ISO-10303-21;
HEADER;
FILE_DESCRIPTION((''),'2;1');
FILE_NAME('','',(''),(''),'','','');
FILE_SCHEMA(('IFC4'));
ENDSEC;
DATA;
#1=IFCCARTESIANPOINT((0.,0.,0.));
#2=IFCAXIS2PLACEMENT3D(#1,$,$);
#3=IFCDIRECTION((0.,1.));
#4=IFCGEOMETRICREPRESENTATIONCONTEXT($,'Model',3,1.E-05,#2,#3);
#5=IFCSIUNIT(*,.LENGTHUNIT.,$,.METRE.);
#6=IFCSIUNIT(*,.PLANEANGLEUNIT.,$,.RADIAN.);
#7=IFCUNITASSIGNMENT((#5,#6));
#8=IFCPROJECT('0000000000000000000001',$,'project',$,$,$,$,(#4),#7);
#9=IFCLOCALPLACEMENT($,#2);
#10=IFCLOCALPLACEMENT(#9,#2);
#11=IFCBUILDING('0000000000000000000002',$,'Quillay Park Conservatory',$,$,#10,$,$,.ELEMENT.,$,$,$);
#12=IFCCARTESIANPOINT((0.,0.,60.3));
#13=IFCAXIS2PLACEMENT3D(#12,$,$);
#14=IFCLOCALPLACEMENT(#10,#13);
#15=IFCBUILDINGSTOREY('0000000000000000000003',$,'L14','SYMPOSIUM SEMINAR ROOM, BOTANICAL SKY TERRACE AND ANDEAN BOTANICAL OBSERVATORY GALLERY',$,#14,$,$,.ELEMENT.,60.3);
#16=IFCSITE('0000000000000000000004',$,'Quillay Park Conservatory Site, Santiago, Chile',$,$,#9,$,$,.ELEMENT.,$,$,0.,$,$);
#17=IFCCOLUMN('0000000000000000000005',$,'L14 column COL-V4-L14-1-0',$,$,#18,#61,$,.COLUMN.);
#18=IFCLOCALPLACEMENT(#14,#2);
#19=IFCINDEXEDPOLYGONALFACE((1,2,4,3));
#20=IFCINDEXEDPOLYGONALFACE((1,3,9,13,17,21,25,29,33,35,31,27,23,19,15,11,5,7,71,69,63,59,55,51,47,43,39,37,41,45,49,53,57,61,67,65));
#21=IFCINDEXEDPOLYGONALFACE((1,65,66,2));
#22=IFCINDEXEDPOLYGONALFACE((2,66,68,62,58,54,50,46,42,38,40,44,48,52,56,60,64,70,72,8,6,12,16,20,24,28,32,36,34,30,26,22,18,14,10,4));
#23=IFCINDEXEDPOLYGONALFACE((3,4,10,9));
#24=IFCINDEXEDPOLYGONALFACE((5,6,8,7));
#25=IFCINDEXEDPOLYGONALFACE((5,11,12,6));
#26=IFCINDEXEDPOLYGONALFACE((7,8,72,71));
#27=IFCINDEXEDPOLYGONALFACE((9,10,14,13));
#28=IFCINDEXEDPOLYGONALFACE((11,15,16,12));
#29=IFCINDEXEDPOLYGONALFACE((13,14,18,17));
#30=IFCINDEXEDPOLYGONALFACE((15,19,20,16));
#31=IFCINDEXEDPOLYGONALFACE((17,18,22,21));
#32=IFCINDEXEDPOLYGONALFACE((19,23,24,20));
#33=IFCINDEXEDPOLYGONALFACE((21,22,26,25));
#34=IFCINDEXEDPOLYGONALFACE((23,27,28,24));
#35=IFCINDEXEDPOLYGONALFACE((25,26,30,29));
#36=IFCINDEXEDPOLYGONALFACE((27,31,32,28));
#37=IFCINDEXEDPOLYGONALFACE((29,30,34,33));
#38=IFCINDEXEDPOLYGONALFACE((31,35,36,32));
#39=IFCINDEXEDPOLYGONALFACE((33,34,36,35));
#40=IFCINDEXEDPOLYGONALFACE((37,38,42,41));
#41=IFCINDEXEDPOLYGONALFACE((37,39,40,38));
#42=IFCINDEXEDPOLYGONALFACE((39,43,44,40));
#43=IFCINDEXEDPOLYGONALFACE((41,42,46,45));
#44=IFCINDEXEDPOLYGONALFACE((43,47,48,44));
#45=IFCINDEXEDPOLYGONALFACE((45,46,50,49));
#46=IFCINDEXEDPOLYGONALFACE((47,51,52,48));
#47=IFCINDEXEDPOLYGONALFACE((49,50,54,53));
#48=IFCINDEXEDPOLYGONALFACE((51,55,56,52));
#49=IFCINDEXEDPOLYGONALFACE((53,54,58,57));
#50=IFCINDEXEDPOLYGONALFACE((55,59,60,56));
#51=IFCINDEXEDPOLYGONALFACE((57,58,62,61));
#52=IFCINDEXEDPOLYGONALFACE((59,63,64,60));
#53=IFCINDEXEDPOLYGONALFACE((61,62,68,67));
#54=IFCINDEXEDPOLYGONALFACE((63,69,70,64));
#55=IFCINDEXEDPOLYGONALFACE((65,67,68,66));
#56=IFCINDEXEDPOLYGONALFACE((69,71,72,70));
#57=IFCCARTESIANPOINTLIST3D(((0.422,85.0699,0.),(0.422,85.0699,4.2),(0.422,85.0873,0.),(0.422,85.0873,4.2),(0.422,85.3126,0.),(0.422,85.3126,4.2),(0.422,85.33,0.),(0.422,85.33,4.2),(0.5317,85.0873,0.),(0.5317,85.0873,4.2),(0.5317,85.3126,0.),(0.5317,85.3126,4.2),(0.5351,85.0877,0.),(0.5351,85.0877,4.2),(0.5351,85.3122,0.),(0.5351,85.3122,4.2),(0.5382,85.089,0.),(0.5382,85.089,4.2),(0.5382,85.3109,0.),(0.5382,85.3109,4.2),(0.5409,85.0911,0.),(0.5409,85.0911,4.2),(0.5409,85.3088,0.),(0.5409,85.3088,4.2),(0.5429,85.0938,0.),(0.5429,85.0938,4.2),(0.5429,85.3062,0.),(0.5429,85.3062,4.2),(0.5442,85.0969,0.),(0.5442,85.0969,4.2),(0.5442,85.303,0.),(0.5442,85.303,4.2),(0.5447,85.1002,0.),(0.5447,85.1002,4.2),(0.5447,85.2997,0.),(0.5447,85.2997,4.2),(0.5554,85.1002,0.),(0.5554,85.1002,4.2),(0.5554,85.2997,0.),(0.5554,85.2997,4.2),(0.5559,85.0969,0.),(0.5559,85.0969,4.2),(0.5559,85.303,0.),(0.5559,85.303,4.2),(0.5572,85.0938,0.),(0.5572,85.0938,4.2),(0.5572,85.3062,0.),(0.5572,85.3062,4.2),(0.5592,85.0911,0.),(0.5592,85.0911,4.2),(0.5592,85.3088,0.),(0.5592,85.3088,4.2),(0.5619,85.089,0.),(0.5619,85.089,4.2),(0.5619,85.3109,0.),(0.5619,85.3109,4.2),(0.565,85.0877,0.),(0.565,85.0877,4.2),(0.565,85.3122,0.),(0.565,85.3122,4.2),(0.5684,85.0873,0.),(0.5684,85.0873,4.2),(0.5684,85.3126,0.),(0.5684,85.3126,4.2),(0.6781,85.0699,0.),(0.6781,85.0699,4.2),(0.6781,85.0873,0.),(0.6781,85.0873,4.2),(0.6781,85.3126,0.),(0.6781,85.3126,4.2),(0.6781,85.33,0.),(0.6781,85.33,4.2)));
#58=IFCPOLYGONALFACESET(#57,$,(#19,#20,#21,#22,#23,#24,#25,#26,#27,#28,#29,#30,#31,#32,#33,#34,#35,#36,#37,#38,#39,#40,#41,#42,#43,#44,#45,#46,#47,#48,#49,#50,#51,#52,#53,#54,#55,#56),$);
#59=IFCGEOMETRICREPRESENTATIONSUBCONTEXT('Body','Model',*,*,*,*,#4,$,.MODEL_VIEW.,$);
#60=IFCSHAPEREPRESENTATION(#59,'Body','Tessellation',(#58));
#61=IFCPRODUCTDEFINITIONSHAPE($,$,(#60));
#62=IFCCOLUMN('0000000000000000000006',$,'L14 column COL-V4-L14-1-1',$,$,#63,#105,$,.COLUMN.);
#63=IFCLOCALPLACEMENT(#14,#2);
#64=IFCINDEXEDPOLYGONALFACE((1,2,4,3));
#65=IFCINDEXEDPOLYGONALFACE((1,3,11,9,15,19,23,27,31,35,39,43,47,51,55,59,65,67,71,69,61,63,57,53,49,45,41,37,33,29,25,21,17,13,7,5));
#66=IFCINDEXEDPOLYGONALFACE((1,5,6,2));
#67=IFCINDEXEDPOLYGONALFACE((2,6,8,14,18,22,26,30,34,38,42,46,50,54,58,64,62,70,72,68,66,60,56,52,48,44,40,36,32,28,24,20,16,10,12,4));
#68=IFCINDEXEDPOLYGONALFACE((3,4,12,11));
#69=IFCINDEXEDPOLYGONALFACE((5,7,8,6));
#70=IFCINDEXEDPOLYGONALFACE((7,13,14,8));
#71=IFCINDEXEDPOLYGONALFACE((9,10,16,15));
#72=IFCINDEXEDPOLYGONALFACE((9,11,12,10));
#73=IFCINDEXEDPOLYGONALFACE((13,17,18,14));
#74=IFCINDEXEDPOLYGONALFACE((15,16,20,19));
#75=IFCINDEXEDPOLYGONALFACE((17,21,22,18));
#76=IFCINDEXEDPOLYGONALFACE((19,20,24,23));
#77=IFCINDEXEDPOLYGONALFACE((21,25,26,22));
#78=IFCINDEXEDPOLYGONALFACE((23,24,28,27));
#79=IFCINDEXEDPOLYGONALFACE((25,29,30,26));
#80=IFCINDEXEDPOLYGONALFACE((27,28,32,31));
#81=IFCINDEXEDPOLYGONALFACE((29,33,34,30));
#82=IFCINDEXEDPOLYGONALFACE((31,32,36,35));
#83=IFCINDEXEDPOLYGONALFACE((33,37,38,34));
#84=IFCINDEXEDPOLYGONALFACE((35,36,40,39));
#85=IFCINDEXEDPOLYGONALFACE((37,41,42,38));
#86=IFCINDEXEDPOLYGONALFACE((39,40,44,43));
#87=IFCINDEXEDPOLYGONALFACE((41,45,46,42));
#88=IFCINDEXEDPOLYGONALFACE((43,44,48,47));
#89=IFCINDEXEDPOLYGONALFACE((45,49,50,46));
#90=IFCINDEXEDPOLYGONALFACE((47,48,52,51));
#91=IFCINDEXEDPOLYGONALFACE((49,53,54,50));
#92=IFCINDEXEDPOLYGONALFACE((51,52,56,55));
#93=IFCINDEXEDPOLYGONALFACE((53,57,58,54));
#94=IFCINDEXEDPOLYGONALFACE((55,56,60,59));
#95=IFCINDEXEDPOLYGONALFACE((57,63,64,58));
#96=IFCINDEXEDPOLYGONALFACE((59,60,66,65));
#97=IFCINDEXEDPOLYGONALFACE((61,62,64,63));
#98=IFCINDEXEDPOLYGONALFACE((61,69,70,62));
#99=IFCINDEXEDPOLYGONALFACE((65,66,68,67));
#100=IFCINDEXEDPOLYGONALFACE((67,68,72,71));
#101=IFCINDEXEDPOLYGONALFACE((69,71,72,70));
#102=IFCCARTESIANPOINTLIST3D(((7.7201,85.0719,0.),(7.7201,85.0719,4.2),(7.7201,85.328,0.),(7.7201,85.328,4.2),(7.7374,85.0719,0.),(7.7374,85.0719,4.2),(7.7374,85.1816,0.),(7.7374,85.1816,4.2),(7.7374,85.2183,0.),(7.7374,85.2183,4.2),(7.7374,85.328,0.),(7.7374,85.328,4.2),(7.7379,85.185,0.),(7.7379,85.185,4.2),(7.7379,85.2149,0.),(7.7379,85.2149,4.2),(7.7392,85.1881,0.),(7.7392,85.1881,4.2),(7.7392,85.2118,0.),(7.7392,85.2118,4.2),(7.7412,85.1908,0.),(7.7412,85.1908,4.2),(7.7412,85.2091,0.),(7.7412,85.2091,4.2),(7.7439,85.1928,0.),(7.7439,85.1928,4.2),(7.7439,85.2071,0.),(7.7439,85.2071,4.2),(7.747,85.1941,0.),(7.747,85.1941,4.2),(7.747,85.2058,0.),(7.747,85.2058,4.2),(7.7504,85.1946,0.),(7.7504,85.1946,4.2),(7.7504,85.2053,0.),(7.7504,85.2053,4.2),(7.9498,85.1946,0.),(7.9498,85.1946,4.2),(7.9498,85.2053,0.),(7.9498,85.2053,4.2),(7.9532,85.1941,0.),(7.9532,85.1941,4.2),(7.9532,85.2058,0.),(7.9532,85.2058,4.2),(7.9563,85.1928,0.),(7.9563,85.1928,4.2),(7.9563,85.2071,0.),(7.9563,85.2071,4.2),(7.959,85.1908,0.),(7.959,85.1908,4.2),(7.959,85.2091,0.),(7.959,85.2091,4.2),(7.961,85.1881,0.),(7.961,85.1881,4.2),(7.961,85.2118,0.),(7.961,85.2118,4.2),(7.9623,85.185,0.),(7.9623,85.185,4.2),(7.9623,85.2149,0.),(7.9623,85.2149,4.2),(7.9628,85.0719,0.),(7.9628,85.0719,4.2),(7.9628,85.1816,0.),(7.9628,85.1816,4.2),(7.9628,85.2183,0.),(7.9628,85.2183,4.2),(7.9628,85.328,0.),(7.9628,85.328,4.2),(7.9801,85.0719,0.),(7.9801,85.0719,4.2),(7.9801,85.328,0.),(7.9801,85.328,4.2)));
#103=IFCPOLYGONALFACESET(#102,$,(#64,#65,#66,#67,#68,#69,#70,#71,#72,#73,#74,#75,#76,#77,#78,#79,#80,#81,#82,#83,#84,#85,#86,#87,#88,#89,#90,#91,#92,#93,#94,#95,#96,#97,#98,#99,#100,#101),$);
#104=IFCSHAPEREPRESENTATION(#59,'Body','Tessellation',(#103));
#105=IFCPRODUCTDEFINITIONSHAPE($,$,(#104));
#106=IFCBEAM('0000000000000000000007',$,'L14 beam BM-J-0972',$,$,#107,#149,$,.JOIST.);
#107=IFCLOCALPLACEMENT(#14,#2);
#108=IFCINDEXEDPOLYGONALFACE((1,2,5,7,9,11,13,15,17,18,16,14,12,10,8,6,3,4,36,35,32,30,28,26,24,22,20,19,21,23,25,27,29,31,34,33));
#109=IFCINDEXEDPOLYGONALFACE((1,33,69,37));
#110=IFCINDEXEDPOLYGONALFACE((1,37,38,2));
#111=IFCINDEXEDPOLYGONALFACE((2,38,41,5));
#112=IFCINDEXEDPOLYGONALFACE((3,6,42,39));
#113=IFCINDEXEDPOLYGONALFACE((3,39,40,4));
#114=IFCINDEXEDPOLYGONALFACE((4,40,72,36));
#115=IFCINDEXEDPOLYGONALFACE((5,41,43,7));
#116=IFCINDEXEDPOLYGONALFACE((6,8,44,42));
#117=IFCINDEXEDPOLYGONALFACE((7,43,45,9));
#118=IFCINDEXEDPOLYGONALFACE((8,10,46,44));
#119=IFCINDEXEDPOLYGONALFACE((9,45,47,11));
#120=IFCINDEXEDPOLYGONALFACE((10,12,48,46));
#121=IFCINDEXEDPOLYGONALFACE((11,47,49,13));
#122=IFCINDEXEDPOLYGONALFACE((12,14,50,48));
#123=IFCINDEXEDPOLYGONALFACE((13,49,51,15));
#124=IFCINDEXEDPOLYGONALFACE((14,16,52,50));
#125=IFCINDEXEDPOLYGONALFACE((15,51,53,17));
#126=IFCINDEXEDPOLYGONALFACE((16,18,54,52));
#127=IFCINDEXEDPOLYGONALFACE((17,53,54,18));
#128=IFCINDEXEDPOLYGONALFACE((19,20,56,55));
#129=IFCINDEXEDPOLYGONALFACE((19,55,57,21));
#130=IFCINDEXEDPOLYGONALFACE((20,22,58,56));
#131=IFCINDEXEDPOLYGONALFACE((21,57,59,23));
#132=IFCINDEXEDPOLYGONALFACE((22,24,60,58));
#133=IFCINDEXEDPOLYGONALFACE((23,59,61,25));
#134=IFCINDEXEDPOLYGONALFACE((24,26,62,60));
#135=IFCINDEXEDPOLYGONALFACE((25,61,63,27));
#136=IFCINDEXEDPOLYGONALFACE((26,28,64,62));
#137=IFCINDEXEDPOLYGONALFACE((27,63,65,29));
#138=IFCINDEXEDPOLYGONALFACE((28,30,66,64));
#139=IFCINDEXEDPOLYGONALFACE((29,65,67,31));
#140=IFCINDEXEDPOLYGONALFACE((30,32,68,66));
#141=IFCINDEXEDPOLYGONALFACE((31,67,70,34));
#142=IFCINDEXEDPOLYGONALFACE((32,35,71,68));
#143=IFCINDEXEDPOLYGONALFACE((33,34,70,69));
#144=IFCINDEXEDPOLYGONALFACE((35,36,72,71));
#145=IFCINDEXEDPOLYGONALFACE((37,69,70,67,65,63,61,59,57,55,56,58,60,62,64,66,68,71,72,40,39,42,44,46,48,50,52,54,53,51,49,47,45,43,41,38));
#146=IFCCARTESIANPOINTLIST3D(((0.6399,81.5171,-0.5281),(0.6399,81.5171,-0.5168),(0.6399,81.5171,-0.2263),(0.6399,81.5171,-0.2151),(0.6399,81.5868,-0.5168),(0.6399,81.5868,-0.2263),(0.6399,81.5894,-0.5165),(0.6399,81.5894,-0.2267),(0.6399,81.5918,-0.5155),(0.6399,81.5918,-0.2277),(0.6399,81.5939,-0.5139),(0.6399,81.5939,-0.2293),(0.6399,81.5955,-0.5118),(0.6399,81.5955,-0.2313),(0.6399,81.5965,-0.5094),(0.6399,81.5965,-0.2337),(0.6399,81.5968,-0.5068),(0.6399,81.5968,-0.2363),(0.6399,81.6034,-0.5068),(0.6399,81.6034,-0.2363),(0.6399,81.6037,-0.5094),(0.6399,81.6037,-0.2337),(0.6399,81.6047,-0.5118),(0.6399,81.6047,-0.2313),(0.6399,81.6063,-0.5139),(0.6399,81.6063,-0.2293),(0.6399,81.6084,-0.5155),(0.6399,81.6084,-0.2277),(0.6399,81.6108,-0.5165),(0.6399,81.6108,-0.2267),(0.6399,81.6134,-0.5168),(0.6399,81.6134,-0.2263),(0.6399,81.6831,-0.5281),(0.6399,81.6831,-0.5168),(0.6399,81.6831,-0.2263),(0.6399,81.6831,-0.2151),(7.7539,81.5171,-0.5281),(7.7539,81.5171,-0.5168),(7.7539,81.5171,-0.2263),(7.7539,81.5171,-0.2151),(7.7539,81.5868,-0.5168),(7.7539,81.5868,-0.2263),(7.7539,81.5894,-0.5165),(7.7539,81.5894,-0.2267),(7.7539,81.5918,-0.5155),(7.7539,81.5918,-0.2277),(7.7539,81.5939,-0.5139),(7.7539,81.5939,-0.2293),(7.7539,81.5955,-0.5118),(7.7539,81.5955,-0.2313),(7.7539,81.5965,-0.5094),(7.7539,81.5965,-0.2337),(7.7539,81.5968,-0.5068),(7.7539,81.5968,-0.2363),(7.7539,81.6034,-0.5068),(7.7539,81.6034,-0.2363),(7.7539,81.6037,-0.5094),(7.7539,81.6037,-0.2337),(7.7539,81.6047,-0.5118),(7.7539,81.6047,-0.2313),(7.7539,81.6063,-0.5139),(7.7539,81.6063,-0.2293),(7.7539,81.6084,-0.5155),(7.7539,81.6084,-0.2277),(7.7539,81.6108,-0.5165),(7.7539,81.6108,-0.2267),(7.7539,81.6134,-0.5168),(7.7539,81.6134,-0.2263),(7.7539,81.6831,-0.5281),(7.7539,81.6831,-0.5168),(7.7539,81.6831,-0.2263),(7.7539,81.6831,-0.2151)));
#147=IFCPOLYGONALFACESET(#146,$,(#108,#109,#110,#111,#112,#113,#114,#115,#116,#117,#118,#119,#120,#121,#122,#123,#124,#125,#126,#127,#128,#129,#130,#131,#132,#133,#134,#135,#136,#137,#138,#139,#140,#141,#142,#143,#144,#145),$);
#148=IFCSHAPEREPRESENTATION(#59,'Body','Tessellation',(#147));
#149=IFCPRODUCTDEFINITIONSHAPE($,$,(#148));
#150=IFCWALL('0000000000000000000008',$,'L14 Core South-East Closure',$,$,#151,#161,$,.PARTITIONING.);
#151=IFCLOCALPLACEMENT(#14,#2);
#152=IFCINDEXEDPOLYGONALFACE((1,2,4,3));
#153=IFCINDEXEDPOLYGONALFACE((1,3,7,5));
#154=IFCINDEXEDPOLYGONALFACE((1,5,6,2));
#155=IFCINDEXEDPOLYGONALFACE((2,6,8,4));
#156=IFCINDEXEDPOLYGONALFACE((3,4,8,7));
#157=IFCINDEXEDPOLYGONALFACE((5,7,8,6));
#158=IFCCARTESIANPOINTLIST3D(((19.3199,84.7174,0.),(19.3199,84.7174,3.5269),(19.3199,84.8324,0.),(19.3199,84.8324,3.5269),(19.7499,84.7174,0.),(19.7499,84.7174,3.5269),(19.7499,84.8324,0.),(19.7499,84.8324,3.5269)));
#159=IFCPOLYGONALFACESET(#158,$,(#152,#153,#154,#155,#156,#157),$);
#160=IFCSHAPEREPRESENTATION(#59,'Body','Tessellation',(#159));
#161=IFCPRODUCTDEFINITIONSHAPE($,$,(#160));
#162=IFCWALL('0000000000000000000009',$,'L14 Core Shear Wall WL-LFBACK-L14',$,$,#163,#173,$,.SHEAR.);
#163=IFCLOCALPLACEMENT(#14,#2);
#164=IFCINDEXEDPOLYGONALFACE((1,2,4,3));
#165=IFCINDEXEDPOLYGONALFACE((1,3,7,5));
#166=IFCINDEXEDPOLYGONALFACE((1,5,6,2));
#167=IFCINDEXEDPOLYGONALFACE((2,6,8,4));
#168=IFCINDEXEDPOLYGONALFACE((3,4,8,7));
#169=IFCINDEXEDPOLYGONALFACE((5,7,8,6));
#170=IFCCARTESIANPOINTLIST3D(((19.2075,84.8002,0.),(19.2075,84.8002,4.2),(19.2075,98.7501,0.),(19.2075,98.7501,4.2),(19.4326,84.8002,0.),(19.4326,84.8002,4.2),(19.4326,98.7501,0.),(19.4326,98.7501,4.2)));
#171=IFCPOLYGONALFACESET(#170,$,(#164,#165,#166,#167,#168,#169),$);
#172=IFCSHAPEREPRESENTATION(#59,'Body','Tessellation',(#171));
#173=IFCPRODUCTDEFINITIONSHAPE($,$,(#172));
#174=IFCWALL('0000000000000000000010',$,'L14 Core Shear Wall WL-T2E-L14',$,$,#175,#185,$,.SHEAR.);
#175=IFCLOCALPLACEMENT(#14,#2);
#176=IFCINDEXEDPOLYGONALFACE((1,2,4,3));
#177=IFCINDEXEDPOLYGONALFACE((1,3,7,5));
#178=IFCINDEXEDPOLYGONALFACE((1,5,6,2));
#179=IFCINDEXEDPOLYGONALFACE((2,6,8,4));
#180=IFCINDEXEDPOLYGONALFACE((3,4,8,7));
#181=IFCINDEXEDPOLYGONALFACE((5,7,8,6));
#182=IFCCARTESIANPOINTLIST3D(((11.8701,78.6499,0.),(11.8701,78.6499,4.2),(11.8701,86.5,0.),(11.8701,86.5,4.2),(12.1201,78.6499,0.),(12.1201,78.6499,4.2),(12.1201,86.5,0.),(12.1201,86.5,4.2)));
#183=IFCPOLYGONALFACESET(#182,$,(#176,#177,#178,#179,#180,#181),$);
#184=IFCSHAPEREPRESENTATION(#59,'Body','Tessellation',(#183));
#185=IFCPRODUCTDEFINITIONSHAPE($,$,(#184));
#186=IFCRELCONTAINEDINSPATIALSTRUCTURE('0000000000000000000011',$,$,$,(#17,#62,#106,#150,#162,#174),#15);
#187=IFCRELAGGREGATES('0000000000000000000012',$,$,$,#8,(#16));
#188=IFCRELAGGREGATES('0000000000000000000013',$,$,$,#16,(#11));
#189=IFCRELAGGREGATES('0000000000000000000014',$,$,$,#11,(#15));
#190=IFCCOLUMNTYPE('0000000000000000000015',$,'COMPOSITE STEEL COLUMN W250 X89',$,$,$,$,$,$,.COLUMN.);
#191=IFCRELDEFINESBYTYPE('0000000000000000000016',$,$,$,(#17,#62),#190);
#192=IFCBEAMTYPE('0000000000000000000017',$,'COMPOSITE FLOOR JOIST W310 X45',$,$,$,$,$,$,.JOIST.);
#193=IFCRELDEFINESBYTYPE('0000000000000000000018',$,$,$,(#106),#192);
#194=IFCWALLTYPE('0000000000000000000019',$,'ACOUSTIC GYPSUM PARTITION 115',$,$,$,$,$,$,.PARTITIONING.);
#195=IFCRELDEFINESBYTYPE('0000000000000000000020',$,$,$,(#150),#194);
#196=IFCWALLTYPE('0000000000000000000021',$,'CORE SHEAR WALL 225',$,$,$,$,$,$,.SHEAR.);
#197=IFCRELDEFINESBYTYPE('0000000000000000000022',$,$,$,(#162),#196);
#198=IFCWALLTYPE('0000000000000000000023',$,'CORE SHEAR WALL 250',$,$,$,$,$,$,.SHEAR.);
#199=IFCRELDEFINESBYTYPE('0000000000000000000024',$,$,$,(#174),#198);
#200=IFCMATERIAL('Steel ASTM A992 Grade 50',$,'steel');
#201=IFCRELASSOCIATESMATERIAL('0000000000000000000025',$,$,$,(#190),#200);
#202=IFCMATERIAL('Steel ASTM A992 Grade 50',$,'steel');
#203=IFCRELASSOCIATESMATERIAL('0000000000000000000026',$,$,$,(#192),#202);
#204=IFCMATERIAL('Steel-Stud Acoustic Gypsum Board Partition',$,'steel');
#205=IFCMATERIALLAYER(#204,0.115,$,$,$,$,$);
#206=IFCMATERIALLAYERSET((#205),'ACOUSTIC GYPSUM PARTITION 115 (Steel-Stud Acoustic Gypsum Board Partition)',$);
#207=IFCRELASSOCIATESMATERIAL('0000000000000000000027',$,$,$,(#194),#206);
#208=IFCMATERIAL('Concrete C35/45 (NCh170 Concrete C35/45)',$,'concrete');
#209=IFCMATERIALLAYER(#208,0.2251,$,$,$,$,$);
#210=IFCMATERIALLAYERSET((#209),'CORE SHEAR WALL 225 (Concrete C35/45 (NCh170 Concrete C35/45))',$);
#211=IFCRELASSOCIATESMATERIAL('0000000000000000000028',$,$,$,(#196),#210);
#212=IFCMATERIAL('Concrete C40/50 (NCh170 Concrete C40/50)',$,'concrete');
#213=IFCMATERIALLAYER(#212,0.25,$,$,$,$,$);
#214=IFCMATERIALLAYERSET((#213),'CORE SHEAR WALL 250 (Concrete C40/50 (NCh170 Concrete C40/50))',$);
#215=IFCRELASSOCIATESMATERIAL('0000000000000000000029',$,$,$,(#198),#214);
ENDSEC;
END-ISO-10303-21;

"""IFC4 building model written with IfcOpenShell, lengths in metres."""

from ifc_helpers import new_model, si_unit, direction, frame, frame_2d, origin, origin_2d, place, context, subcontext, project, spatial, rectangle, i_section, extrude, material, layer, layer_set, material_profile, profile_set, type_object, element, save


model = new_model("IFC4")

# Units and contexts
model_context = context("Model", 3, precision=1e-05, world=origin(), true_north=direction((0.0, 1.0)))
body_context = subcontext(model_context, "Body", "Model", "MODEL_VIEW")
ifc_project = project(units=[si_unit("LENGTHUNIT", "METRE"), si_unit("PLANEANGLEUNIT", "RADIAN")], contexts=[model_context])

# Site, building, storey
site_placement = place(None, origin())
site = spatial("IfcSite", under=ifc_project, at=site_placement, Name="Quillay Park Conservatory Site, Santiago, Chile", CompositionType="ELEMENT", RefElevation=0.0)
building_placement = place(site_placement, origin())
building = spatial("IfcBuilding", under=site, at=building_placement, Name="Quillay Park Conservatory", CompositionType="ELEMENT")
storey_placement = place(building_placement, frame((0.0, 0.0, 60.3)))
storey = spatial("IfcBuildingStorey", under=building, at=storey_placement, Name="L14", Description="SYMPOSIUM SEMINAR ROOM, BOTANICAL SKY TERRACE AND ANDEAN BOTANICAL OBSERVATORY GALLERY", CompositionType="ELEMENT", Elevation=60.3)

# Columns
ifc_material_1 = material(Name="Steel ASTM A992 Grade 50", Category="steel")
ifc_material_profile_1 = material_profile(ifc_material_1, i_section(OverallWidth=0.2561, OverallDepth=0.26, WebThickness=0.0107, FlangeThickness=0.0173, FilletRadius=0.0129, at=origin_2d()), Name="W250x89")
ifc_profile_set_1 = profile_set([ifc_material_profile_1], Name="Steel ASTM A992 Grade 50")
column_type = type_object("IfcColumnType", Name="COMPOSITE STEEL COLUMN W250 X89", PredefinedType="COLUMN", material=ifc_profile_set_1)
for number, where, z_axis, x_axis, name in (
    (1, (0.55, 85.2, 0.0), (0.0, 0.0, 1.0), (1.0, 0.0, 0.0), "L14 column COL-V4-L14-1-0"),
    (2, (7.8501, 85.2, 0.0), (0.0, 0.0, 1.0), (0.0, 1.0, 0.0), "L14 column COL-V4-L14-1-1"),
):
    element("IfcColumn", number, at=place(storey_placement, frame(where, z_axis=z_axis, x_axis=x_axis)), inside=storey, type_object=column_type, Name=name, PredefinedType="COLUMN", context=body_context, shape_type="SweptSolid", body=[
        extrude(i_section(OverallWidth=0.2561, OverallDepth=0.26, WebThickness=0.0107, FlangeThickness=0.0173, FilletRadius=0.0129, at=origin_2d()), origin(), (0.0, 0.0, 1.0), 4.2),
    ])

# Beam
ifc_material_2 = material(Name="Steel ASTM A992 Grade 50", Category="steel")
ifc_material_profile_2 = material_profile(ifc_material_2, i_section(OverallWidth=0.166, OverallDepth=0.313, WebThickness=0.0066, FlangeThickness=0.0112, FilletRadius=0.01, at=origin_2d()), Name="W310x45")
ifc_profile_set_2 = profile_set([ifc_material_profile_2], Name="Steel ASTM A992 Grade 50")
beam_type = type_object("IfcBeamType", Name="COMPOSITE FLOOR JOIST W310 X45", PredefinedType="JOIST", material=ifc_profile_set_2)
beam_placement = place(storey_placement, frame((0.6399, 81.6001, -0.3716), z_axis=(1.0, 0.0, 0.0), x_axis=(0.0, 1.0, 0.0)))
element("IfcBeam", 3, at=beam_placement, inside=storey, type_object=beam_type, Name="L14 beam BM-J-0972", PredefinedType="JOIST", context=body_context, shape_type="SweptSolid", body=[
    extrude(i_section(OverallWidth=0.166, OverallDepth=0.313, WebThickness=0.0066, FlangeThickness=0.0112, FilletRadius=0.01, at=origin_2d()), origin(), (0.0, 0.0, 1.0), 7.114),
])

# Walls
ifc_material_3 = material(Name="Steel-Stud Acoustic Gypsum Board Partition", Category="steel")
ifc_layer_1 = layer(ifc_material_3, 0.115)
ifc_layer_set_1 = layer_set([ifc_layer_1], Name="ACOUSTIC GYPSUM PARTITION 115 (Steel-Stud Acoustic Gypsum Board Partition)")
wall_type_1 = type_object("IfcWallType", Name="ACOUSTIC GYPSUM PARTITION 115", PredefinedType="PARTITIONING", material=ifc_layer_set_1)
wall_1_placement = place(storey_placement, frame((19.3201, 84.7749, 0.0), z_axis=(0.0, 0.0, 1.0), x_axis=(1.0, 0.0, 0.0)))
element("IfcWall", 4, at=wall_1_placement, inside=storey, type_object=wall_type_1, Name="L14 Core South-East Closure", PredefinedType="PARTITIONING", context=body_context, shape_type="SweptSolid", body=[
    extrude(rectangle(XDim=0.4299, YDim=0.115, at=frame_2d((0.2148, 0.0))), origin(), (0.0, 0.0, 1.0), 3.5269),
])
ifc_material_4 = material(Name="Concrete C35/45 (NCh170 Concrete C35/45)", Category="concrete")
ifc_layer_2 = layer(ifc_material_4, 0.2251)
ifc_layer_set_2 = layer_set([ifc_layer_2], Name="CORE SHEAR WALL 225 (Concrete C35/45 (NCh170 Concrete C35/45))")
wall_type_2 = type_object("IfcWallType", Name="CORE SHEAR WALL 225", PredefinedType="SHEAR", material=ifc_layer_set_2)
wall_2_placement = place(storey_placement, frame((19.3201, 84.8, 0.0), z_axis=(0.0, 0.0, 1.0), x_axis=(0.0, 1.0, 0.0)))
element("IfcWall", 5, at=wall_2_placement, inside=storey, type_object=wall_type_2, Name="L14 Core Shear Wall WL-LFBACK-L14", PredefinedType="SHEAR", context=body_context, shape_type="SweptSolid", body=[
    extrude(rectangle(XDim=13.95, YDim=0.2251, at=frame_2d((6.9751, 0.0))), origin(), (0.0, 0.0, 1.0), 4.2),
])
ifc_material_5 = material(Name="Concrete C40/50 (NCh170 Concrete C40/50)", Category="concrete")
ifc_layer_3 = layer(ifc_material_5, 0.25)
ifc_layer_set_3 = layer_set([ifc_layer_3], Name="CORE SHEAR WALL 250 (Concrete C40/50 (NCh170 Concrete C40/50))")
wall_type_3 = type_object("IfcWallType", Name="CORE SHEAR WALL 250", PredefinedType="SHEAR", material=ifc_layer_set_3)
wall_3_placement = place(storey_placement, frame((11.9951, 78.6499, 0.0), z_axis=(0.0, 0.0, 1.0), x_axis=(0.0, 1.0, 0.0)))
element("IfcWall", 6, at=wall_3_placement, inside=storey, type_object=wall_type_3, Name="L14 Core Shear Wall WL-T2E-L14", PredefinedType="SHEAR", context=body_context, shape_type="SweptSolid", body=[
    extrude(rectangle(XDim=7.8501, YDim=0.25, at=frame_2d((3.925, 0.0))), origin(), (0.0, 0.0, 1.0), 4.2),
])

save(model, "model.ifc")
